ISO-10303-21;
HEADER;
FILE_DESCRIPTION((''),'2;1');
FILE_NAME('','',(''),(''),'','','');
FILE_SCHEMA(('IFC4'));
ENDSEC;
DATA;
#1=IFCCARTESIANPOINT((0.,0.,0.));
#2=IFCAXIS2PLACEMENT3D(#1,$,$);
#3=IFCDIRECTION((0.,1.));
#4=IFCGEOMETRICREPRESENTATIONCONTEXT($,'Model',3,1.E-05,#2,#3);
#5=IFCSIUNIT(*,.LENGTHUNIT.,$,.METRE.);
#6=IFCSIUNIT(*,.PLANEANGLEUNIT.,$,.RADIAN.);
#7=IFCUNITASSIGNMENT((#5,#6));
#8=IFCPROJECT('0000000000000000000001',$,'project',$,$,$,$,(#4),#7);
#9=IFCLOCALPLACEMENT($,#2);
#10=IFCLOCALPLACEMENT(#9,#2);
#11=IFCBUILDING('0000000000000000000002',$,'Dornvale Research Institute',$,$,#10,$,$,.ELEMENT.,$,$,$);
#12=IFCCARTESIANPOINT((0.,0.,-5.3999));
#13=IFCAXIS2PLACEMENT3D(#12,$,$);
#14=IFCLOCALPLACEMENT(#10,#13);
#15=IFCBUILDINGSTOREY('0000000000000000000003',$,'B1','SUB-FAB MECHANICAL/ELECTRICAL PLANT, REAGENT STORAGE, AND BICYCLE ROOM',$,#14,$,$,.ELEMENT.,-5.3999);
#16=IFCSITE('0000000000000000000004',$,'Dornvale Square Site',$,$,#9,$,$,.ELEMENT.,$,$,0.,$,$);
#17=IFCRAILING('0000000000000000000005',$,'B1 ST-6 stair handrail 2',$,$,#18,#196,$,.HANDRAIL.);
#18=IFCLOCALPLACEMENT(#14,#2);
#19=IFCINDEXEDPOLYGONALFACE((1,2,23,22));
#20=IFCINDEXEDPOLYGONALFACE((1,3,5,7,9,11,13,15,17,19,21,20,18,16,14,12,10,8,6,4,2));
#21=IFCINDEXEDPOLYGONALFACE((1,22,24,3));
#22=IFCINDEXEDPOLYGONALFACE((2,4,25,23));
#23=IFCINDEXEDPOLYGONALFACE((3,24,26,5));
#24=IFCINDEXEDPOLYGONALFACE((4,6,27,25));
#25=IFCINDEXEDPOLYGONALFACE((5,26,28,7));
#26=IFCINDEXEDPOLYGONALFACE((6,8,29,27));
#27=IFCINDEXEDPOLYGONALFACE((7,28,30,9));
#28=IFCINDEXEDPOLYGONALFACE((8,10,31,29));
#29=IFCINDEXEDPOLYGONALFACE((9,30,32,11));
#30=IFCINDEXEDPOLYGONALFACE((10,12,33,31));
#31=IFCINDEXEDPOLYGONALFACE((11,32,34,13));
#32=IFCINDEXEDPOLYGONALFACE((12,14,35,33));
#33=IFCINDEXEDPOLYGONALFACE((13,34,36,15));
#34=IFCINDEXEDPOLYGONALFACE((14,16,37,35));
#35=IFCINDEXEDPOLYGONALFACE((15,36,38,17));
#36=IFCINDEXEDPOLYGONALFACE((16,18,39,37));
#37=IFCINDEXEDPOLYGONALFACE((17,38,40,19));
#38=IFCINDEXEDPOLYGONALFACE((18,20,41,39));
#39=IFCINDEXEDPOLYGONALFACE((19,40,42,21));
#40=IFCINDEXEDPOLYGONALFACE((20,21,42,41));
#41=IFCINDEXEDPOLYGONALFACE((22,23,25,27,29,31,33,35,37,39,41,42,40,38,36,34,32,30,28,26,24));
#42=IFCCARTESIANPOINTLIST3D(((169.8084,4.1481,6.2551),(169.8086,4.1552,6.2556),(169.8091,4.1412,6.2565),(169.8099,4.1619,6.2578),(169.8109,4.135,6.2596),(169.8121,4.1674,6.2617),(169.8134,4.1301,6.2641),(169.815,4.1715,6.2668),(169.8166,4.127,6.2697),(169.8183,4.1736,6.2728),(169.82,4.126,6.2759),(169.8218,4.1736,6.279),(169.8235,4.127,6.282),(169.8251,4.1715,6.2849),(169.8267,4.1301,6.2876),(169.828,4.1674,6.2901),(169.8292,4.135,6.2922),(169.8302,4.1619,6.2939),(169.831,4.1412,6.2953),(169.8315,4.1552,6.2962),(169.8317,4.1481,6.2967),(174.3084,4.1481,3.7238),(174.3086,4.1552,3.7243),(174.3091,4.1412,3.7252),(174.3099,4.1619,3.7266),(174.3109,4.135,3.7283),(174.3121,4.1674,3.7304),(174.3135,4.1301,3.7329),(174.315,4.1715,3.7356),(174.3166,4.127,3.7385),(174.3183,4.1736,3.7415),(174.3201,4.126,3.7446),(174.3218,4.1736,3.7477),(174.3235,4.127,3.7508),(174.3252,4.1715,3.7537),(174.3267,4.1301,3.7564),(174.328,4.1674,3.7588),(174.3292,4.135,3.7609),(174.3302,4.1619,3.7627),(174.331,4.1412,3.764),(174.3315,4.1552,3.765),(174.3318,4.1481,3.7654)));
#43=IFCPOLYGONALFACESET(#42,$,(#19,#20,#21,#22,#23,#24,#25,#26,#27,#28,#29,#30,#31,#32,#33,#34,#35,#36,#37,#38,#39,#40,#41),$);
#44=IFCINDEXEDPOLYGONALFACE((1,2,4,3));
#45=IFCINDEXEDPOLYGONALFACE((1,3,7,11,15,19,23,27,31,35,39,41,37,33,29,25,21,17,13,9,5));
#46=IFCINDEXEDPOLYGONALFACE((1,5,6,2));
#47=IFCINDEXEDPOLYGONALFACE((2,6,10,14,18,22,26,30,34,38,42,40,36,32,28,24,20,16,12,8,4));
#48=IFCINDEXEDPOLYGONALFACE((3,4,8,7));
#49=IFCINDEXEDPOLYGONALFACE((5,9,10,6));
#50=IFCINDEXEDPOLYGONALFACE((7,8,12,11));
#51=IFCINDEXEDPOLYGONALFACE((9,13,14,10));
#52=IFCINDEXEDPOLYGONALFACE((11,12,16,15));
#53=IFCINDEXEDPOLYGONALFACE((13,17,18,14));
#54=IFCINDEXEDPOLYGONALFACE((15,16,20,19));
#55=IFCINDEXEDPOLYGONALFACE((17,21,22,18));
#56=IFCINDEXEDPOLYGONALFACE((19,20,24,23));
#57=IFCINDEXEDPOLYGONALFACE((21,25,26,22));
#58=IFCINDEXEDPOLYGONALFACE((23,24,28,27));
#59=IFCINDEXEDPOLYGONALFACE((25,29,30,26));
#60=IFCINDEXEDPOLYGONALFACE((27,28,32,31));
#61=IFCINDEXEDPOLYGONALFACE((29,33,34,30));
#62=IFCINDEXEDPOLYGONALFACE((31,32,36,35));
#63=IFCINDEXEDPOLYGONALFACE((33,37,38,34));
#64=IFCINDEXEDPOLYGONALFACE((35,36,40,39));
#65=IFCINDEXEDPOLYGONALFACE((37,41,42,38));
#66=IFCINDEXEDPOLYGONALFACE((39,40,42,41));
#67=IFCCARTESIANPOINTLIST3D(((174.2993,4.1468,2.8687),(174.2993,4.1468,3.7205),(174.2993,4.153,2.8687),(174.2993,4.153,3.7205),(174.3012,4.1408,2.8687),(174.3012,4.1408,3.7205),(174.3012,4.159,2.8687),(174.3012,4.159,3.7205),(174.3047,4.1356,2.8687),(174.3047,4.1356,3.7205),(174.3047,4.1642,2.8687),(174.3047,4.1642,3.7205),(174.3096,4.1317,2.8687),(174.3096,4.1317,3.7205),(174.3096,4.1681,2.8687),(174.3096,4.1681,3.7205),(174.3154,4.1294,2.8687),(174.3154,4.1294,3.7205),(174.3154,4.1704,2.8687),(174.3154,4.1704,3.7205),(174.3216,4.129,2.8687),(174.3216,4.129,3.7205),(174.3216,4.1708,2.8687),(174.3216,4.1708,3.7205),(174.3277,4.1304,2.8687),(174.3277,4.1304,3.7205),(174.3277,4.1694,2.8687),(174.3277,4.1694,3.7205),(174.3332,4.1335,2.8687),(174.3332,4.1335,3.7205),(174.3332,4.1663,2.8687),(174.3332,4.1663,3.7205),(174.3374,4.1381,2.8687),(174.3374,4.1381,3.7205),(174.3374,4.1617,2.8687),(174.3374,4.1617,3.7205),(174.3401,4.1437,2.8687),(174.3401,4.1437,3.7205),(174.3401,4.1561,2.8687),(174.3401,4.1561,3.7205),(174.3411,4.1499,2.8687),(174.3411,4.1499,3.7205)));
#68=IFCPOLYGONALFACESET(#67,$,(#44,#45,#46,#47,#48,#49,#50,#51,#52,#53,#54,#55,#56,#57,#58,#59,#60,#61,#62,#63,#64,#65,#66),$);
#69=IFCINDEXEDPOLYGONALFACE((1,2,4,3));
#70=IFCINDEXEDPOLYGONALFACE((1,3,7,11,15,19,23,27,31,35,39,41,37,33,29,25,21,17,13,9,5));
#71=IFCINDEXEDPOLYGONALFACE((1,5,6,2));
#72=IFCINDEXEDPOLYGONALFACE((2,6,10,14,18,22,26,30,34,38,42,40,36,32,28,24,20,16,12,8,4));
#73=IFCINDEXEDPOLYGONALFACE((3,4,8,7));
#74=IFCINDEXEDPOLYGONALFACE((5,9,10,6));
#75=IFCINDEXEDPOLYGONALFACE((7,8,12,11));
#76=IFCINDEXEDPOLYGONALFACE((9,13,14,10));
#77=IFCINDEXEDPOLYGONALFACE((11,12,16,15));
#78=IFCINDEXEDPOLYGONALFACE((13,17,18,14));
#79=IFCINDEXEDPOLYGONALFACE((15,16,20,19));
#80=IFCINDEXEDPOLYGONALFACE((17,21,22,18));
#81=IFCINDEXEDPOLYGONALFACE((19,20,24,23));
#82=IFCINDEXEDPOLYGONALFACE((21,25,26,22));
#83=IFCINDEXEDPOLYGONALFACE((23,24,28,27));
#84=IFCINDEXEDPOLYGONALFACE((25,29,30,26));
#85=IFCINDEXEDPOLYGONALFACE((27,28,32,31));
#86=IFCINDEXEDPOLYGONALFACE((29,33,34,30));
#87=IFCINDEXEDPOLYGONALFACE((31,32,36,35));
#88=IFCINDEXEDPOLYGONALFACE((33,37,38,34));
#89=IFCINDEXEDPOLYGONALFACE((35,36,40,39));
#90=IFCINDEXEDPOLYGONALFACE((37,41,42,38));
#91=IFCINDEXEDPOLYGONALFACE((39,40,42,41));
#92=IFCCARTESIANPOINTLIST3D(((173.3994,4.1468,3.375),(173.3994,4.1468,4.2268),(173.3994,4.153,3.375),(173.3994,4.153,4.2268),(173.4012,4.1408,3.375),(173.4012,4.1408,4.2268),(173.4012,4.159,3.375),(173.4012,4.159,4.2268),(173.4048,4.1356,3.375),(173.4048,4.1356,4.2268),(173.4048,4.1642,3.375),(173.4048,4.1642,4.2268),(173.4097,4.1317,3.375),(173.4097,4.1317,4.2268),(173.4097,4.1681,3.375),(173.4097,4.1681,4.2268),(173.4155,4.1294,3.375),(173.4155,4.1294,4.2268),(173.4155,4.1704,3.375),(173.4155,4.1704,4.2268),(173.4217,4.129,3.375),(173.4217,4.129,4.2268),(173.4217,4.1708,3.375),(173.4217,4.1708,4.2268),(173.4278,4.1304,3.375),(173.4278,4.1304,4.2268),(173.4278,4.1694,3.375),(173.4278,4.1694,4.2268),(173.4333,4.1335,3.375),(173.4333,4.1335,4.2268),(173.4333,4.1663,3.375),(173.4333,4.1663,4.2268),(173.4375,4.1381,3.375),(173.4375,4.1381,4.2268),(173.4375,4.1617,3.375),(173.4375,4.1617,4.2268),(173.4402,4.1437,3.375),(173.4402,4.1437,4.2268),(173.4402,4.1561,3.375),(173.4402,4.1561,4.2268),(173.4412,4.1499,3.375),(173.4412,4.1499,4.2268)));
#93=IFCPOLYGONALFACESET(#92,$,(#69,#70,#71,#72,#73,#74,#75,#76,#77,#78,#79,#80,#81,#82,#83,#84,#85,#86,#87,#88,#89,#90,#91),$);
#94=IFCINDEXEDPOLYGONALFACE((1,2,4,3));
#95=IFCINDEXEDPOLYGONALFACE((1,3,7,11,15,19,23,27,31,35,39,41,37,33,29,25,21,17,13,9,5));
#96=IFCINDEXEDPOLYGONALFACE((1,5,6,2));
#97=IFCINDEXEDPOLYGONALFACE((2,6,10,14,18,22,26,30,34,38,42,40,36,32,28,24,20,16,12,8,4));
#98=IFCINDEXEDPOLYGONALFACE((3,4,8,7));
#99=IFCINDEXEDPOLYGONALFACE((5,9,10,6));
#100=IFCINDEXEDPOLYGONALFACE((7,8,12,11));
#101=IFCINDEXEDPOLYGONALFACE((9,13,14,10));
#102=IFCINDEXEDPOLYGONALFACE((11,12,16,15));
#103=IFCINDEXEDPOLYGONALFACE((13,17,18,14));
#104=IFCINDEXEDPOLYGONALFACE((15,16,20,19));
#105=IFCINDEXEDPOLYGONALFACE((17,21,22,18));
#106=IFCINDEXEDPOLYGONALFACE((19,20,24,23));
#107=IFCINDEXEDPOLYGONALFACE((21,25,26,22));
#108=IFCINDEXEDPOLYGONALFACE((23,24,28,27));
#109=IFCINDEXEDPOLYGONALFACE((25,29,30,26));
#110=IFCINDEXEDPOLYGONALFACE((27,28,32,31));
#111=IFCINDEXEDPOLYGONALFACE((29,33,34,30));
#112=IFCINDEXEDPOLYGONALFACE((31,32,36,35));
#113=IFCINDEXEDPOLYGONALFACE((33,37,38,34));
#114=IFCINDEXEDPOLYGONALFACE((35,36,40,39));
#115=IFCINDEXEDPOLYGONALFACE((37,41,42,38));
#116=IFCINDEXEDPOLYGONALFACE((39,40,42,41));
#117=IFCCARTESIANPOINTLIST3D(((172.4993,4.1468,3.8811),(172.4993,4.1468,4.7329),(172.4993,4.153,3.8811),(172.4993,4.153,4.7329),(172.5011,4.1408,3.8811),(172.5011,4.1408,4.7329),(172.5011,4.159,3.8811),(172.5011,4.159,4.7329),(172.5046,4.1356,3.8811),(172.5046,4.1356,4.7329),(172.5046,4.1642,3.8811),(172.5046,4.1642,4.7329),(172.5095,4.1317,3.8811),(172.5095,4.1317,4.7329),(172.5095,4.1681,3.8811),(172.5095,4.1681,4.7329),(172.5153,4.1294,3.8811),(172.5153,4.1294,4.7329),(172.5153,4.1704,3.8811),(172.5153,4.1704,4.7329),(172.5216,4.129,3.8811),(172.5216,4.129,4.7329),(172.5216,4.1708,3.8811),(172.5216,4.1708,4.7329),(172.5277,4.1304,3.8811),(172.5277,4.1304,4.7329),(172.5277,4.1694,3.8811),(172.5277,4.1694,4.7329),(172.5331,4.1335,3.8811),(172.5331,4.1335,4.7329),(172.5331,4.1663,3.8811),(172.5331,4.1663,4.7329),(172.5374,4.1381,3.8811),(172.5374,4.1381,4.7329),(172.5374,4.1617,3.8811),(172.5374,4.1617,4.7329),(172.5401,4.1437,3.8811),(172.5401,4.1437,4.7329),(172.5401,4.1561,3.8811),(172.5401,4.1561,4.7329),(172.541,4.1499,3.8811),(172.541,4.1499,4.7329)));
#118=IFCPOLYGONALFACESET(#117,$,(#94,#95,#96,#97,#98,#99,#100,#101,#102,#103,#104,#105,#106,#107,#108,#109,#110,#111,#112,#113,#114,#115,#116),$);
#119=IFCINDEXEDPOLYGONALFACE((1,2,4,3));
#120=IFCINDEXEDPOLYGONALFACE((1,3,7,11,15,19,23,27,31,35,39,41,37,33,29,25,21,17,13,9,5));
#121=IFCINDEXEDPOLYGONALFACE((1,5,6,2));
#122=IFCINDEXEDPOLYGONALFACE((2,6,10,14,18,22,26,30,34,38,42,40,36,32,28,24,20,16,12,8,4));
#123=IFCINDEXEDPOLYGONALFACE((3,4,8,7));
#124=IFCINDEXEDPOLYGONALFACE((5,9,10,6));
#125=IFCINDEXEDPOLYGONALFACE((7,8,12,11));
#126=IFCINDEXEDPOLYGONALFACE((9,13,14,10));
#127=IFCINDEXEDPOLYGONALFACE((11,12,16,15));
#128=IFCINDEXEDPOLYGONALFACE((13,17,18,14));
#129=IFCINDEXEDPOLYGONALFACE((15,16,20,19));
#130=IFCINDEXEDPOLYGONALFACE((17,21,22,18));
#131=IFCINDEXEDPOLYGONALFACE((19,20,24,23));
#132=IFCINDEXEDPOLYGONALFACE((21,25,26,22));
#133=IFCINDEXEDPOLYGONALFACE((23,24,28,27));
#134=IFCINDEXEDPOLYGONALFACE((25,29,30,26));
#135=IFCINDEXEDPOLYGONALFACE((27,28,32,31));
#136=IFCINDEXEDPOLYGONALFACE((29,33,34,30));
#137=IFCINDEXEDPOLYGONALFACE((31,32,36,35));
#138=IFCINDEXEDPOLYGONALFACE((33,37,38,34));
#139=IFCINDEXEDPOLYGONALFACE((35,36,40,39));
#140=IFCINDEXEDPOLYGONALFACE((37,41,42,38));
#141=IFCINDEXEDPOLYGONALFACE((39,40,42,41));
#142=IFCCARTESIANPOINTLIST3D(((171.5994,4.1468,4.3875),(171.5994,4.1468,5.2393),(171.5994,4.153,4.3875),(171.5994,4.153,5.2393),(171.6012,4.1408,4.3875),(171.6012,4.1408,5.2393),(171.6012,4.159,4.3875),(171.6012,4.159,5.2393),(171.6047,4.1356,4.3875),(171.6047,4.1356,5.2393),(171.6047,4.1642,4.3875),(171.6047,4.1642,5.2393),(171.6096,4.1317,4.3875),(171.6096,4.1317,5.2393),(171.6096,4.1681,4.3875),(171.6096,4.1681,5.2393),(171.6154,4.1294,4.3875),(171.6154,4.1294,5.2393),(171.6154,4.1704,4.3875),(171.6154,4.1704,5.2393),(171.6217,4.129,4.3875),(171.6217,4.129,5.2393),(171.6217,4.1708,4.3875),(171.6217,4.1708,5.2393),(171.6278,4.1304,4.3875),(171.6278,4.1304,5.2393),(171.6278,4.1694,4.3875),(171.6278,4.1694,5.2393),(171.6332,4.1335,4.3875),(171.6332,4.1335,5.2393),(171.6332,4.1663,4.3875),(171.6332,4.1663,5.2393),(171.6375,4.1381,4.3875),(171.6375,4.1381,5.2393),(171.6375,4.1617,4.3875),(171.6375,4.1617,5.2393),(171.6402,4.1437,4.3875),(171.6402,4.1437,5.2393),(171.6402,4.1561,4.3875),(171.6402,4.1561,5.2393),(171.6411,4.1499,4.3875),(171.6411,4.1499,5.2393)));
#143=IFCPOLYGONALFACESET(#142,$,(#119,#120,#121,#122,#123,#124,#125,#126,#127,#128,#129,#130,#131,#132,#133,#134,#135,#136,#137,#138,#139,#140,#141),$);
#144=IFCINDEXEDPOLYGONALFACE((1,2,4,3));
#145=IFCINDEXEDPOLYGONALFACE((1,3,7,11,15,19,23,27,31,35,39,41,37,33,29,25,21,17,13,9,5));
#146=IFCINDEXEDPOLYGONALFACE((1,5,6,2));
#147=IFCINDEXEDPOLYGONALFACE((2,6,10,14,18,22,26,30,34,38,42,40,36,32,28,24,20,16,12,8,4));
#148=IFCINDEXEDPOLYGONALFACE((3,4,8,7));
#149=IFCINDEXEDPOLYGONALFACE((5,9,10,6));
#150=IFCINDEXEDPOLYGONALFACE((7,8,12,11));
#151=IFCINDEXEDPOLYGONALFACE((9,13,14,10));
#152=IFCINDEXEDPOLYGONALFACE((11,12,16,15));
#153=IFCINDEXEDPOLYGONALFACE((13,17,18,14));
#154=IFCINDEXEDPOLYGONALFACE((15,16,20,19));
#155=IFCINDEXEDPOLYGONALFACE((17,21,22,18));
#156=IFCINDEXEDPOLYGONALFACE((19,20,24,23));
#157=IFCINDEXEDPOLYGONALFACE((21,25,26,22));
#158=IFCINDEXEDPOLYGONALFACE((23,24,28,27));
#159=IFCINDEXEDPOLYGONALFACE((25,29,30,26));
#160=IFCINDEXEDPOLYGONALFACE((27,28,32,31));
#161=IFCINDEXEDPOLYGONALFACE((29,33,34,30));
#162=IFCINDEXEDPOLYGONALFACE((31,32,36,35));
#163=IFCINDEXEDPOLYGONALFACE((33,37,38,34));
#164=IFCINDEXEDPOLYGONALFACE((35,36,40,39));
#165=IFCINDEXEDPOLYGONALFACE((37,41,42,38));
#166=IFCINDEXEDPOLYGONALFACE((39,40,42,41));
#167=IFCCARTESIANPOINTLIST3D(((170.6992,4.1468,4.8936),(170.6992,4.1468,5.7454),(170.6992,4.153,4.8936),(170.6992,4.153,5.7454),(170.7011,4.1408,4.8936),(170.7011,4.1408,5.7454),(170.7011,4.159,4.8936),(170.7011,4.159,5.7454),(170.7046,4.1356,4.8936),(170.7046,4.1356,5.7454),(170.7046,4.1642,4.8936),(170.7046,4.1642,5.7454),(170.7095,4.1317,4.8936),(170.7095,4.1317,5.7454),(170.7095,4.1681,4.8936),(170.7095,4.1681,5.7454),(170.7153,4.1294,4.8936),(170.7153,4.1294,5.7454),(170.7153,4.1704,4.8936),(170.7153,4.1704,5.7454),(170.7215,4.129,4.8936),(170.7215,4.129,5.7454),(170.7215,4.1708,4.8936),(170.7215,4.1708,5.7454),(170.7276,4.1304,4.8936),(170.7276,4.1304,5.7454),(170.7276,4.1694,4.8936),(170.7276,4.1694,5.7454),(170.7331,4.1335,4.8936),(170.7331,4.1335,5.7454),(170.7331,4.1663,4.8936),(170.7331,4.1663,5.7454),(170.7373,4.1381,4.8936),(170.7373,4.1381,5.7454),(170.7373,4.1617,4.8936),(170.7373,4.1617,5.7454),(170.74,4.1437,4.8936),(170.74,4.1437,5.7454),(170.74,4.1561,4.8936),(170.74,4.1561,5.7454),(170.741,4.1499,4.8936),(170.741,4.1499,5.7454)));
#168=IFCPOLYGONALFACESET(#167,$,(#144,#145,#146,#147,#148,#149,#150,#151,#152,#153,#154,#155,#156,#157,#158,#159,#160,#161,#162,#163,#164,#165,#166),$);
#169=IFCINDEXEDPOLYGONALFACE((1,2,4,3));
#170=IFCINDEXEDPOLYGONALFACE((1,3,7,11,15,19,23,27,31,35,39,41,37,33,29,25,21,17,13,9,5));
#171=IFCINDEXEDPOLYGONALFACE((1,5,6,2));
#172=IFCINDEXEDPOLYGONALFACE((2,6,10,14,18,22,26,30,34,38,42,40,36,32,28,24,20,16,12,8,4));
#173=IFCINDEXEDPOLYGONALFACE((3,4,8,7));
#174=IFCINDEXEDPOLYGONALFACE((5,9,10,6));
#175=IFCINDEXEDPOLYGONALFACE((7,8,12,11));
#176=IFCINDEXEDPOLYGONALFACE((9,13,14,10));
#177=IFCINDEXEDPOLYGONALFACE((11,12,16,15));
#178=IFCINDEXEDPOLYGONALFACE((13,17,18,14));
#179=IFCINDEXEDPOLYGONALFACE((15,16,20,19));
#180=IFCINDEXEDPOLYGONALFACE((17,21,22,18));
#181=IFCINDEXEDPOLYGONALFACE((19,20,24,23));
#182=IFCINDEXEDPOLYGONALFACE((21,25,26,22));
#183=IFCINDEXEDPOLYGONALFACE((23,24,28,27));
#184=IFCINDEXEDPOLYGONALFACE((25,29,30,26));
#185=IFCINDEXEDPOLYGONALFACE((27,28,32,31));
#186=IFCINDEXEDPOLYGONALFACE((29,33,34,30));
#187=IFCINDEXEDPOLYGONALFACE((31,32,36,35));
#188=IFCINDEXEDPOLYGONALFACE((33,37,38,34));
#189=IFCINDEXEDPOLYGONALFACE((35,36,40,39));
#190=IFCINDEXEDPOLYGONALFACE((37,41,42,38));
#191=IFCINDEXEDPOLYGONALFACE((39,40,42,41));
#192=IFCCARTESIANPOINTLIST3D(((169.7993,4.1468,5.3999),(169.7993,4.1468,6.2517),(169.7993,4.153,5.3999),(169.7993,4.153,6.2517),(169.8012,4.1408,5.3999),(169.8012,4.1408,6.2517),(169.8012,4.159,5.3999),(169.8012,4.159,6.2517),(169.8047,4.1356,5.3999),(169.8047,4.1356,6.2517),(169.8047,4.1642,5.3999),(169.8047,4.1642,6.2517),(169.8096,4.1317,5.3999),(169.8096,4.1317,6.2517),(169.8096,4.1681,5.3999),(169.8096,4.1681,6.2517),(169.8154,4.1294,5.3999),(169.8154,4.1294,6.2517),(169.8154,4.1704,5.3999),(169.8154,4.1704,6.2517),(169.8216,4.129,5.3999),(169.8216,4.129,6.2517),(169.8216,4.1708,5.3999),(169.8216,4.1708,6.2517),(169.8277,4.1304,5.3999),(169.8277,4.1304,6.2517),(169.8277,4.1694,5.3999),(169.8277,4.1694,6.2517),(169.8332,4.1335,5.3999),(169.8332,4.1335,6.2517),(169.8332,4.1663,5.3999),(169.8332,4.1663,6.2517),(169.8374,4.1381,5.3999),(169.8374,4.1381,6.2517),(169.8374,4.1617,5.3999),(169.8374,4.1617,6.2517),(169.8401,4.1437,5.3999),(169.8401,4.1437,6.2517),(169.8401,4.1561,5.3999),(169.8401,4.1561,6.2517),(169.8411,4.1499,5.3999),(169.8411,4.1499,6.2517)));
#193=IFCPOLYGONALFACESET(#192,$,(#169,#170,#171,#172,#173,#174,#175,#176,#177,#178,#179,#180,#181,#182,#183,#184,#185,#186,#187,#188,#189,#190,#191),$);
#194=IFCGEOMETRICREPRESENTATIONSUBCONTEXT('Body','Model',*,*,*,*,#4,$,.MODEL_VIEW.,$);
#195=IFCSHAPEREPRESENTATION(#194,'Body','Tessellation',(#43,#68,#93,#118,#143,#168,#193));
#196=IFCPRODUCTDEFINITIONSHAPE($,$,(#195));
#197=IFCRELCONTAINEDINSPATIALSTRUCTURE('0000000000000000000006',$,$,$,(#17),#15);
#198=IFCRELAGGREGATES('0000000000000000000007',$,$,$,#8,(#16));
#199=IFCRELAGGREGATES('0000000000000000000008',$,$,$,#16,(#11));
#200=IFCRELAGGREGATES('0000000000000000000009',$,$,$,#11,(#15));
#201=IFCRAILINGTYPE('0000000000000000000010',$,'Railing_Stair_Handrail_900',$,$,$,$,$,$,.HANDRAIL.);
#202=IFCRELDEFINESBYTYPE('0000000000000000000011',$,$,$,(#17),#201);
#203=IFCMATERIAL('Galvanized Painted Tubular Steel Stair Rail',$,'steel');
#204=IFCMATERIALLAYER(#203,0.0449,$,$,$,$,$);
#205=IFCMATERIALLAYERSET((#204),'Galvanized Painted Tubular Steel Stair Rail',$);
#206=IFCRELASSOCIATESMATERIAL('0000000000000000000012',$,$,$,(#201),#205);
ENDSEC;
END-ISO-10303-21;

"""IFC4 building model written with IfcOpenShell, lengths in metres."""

from ifc_helpers import new_model, si_unit, direction, frame, origin, origin_2d, place, context, subcontext, project, spatial, circle, extrude, material, layer, layer_set, type_object, element, save


model = new_model("IFC4")

# Units and contexts
model_context = context("Model", 3, precision=1e-05, world=origin(), true_north=direction((0.0, 1.0)))
body_context = subcontext(model_context, "Body", "Model", "MODEL_VIEW")
ifc_project = project(units=[si_unit("LENGTHUNIT", "METRE"), si_unit("PLANEANGLEUNIT", "RADIAN")], contexts=[model_context])

# Site, building, storey
site_placement = place(None, origin())
site = spatial("IfcSite", under=ifc_project, at=site_placement, Name="Dornvale Square Site", CompositionType="ELEMENT", RefElevation=0.0)
building_placement = place(site_placement, origin())
building = spatial("IfcBuilding", under=site, at=building_placement, Name="Dornvale Research Institute", CompositionType="ELEMENT")
storey_placement = place(building_placement, frame((0.0, 0.0, -5.3999)))
storey = spatial("IfcBuildingStorey", under=building, at=storey_placement, Name="B1", Description="SUB-FAB MECHANICAL/ELECTRICAL PLANT, REAGENT STORAGE, AND BICYCLE ROOM", CompositionType="ELEMENT", Elevation=-5.3999)

# Railing
ifc_material_1 = material(Name="Galvanized Painted Tubular Steel Stair Rail", Category="steel")
ifc_layer_1 = layer(ifc_material_1, 0.0449)
ifc_layer_set_1 = layer_set([ifc_layer_1], Name="Galvanized Painted Tubular Steel Stair Rail")
railing_type_1 = type_object("IfcRailingType", Name="Railing_Stair_Handrail_900", PredefinedType="HANDRAIL", material=ifc_layer_set_1)
railing_1_placement = place(storey_placement, frame((174.3201, 4.1499, 2.8687)))
element("IfcRailing", 1, at=railing_1_placement, inside=storey, type_object=railing_type_1, Name="B1 ST-6 stair handrail 2", PredefinedType="HANDRAIL", context=body_context, shape_type="SweptSolid", body=[
    extrude(circle(Radius=0.0239, at=origin_2d()), frame((0.0, 0.0, 0.876), z_axis=(-0.871576, 0.0, 0.490261), x_axis=(0.0, -1.0, 0.0)), (0.0, 0.0, 1.0), 5.1631),
    extrude(circle(Radius=0.021, at=origin_2d()), origin(), (0.0, 0.0, 1.0), 0.8518),
    extrude(circle(Radius=0.021, at=origin_2d()), frame((-0.8999, 0.0, 0.5063)), (0.0, 0.0, 1.0), 0.8518),
    extrude(circle(Radius=0.021, at=origin_2d()), frame((-1.8, 0.0, 1.0125)), (0.0, 0.0, 1.0), 0.8518),
    extrude(circle(Radius=0.021, at=origin_2d()), frame((-2.7, 0.0, 1.5188)), (0.0, 0.0, 1.0), 0.8518),
    extrude(circle(Radius=0.021, at=origin_2d()), frame((-3.6001, 0.0, 2.0249)), (0.0, 0.0, 1.0), 0.8518),
    extrude(circle(Radius=0.021, at=origin_2d()), frame((-4.5, 0.0, 2.5312)), (0.0, 0.0, 1.0), 0.8518),
])

save(model, "model.ifc")
